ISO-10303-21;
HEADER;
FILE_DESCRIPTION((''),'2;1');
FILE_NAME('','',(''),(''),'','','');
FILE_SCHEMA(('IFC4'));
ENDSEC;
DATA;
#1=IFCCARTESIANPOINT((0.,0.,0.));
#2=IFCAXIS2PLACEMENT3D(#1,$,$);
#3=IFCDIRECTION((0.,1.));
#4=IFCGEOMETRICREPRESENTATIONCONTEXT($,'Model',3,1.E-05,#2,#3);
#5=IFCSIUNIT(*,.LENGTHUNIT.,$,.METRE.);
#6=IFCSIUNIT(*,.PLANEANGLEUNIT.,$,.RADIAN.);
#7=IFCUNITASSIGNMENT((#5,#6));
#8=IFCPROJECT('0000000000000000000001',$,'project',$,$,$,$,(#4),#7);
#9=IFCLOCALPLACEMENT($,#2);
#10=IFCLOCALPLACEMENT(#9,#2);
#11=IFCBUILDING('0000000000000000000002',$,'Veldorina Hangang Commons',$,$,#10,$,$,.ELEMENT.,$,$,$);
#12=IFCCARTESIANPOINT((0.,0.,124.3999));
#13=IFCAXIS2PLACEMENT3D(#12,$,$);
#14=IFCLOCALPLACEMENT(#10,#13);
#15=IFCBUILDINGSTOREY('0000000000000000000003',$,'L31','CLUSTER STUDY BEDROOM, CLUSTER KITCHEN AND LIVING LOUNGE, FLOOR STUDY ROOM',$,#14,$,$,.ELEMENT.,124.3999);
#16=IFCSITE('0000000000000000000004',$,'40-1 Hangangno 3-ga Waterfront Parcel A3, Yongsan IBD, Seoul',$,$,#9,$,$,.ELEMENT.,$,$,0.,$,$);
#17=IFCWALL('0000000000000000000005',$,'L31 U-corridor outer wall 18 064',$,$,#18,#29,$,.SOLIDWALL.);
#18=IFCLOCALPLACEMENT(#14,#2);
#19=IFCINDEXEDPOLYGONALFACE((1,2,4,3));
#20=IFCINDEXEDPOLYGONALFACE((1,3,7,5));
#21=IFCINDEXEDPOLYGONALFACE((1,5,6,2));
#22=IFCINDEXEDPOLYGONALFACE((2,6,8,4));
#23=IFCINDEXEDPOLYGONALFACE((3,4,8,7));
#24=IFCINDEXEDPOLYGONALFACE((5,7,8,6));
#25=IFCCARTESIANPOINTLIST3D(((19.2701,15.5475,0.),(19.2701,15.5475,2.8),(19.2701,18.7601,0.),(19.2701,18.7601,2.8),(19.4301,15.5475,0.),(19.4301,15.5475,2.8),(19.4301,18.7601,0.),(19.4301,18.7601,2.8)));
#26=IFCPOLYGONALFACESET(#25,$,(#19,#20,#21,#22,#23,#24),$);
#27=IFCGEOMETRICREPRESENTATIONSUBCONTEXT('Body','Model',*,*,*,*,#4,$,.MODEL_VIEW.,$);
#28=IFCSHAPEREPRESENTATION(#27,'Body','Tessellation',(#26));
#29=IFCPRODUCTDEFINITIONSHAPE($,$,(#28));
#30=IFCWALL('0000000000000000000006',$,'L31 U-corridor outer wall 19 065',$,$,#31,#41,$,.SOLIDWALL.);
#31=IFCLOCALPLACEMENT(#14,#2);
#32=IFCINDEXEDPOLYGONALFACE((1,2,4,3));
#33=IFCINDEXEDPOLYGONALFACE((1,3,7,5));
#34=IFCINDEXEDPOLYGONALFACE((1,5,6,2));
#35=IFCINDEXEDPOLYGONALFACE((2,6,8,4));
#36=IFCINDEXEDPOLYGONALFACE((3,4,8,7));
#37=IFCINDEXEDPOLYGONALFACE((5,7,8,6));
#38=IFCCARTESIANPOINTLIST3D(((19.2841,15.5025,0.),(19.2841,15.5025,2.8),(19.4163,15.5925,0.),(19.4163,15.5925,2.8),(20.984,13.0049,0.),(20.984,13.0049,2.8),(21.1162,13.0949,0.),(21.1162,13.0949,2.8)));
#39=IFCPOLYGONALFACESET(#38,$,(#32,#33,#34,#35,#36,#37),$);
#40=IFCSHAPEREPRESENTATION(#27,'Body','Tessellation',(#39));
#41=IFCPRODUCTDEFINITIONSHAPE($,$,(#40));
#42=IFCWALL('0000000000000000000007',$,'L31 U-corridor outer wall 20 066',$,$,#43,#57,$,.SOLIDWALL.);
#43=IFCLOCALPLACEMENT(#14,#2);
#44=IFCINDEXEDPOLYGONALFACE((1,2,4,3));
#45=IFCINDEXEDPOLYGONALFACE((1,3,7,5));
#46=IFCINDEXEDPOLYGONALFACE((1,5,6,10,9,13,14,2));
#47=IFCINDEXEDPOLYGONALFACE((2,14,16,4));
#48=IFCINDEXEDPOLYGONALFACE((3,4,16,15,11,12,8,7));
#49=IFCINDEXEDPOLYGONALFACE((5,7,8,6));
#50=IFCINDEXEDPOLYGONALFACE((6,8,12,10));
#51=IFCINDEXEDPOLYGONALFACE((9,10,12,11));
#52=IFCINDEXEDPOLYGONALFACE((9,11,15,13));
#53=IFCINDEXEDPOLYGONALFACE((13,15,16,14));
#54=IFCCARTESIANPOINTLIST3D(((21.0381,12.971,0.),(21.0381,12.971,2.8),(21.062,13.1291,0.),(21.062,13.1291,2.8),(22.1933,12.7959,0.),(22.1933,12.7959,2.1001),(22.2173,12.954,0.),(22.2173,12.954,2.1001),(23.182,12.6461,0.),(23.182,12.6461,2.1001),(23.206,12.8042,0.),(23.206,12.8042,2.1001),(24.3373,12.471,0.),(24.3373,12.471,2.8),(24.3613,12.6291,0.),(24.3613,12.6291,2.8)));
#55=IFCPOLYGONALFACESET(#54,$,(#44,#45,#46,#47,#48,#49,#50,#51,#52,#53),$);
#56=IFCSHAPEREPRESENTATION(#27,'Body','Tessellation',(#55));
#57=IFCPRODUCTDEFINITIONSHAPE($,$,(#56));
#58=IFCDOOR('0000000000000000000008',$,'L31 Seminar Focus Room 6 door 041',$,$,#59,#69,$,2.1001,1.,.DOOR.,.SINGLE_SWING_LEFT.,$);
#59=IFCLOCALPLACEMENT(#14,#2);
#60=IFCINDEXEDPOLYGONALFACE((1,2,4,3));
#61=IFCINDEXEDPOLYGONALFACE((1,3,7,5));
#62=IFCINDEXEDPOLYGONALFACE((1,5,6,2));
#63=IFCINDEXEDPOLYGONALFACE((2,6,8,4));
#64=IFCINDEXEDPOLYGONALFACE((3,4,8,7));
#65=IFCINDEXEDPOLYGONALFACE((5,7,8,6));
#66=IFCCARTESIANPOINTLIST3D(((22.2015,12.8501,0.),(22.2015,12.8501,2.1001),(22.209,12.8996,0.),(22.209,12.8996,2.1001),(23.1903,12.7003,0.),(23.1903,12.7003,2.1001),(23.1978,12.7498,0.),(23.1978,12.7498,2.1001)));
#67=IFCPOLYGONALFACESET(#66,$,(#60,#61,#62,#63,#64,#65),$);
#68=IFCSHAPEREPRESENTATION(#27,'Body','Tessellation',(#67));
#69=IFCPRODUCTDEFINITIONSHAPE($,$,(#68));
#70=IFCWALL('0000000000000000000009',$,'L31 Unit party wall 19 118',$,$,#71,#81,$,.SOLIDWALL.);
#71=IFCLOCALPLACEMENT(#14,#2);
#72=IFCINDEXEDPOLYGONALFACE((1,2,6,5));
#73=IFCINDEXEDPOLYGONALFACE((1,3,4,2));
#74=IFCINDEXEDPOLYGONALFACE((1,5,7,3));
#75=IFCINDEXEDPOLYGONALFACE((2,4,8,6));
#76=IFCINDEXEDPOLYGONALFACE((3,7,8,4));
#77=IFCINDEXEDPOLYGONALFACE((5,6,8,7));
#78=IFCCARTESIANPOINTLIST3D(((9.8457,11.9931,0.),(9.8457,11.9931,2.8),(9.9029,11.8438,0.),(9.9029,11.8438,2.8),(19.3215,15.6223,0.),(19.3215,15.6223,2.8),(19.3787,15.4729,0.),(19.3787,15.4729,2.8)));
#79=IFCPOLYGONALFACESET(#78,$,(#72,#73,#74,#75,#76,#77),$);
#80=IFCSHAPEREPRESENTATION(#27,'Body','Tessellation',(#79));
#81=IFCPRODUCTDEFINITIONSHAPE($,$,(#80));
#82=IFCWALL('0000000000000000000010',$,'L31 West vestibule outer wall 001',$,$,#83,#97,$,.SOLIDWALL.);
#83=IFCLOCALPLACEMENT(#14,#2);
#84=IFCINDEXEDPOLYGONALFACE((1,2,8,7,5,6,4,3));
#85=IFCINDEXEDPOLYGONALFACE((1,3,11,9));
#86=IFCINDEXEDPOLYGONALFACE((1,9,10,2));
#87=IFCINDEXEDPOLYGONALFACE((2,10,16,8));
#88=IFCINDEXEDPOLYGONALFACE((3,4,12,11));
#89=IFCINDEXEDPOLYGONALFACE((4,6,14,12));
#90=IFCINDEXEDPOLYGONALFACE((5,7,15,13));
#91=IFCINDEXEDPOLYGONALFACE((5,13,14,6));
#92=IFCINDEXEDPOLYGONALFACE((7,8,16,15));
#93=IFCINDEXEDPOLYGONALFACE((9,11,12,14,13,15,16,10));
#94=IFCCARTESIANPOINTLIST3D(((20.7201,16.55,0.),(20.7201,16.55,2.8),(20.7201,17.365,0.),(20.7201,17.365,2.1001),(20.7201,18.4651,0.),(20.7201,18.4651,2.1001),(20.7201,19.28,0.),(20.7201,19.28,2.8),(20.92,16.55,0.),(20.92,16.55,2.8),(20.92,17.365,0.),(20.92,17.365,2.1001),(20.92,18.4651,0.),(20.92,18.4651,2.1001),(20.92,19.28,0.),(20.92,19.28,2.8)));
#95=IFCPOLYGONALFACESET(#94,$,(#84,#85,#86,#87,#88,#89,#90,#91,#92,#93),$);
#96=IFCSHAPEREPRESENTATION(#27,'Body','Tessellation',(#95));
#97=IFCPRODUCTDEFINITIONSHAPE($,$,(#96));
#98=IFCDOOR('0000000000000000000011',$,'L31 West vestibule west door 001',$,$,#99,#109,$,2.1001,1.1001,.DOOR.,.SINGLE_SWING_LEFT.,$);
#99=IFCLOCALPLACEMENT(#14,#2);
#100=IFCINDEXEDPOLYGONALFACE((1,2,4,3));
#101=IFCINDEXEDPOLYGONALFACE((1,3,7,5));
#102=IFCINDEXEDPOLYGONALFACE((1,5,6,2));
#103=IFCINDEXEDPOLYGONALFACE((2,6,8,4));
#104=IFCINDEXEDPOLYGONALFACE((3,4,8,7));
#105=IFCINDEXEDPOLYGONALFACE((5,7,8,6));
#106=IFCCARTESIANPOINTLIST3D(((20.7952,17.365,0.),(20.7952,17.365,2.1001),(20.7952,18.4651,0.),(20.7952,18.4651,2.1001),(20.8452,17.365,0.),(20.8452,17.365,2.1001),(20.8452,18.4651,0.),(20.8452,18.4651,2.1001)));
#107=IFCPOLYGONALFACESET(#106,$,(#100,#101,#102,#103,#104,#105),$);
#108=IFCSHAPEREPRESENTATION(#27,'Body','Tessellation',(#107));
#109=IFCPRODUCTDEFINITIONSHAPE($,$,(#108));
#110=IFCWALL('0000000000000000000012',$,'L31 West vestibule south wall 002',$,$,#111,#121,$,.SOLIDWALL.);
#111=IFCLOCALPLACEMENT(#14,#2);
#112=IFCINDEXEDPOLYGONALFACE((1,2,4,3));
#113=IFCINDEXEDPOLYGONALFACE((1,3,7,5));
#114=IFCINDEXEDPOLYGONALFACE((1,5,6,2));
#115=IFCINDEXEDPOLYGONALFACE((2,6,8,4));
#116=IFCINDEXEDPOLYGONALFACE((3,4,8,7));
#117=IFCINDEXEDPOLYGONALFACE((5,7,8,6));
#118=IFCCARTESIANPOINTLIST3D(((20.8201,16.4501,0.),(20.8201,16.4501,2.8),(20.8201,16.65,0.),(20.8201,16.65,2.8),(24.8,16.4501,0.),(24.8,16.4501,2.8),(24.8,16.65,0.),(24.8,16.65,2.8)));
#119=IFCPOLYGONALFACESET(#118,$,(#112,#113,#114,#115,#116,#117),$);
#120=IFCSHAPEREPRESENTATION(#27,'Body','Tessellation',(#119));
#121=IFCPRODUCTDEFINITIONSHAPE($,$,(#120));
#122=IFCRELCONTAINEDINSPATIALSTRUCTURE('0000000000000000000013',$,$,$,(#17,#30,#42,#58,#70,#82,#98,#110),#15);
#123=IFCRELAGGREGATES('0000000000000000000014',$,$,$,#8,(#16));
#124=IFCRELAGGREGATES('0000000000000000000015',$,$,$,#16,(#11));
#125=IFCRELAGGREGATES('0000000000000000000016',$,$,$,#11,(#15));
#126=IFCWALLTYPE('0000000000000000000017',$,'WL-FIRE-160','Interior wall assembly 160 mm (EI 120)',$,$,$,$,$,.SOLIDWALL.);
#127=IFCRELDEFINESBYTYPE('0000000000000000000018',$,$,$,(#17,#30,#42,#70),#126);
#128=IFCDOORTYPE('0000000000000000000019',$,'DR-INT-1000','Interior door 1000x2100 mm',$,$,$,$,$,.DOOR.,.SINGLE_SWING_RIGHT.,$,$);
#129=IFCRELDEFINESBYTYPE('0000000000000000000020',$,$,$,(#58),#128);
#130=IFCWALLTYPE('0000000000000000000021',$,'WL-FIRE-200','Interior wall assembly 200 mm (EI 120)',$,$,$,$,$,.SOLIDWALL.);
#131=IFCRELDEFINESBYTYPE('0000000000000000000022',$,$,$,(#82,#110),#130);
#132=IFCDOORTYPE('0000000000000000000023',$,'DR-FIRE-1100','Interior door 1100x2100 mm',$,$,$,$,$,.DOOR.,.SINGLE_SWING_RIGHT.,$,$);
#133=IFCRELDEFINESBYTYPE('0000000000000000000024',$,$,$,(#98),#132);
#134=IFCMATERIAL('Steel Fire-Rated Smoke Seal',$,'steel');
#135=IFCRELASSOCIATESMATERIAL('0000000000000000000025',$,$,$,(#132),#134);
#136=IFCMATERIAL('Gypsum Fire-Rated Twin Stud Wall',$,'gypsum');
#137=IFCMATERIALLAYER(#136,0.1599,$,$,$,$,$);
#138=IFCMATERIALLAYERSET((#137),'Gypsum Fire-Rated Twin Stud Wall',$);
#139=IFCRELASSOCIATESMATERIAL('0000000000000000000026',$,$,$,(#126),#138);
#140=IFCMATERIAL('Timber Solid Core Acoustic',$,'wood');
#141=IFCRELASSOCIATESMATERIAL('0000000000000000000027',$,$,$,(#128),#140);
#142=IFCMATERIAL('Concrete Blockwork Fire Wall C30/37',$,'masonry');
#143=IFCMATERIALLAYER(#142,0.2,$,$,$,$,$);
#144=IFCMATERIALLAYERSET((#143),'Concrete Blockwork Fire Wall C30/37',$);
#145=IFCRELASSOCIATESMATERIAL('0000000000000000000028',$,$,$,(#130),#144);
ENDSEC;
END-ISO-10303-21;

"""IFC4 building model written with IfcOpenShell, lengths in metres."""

from ifc_helpers import new_model, si_unit, direction, frame, frame_2d, origin, place, context, subcontext, project, spatial, rectangle, extrude, material, layer, layer_set, type_object, element, fill, save


model = new_model("IFC4")

# Units and contexts
model_context = context("Model", 3, precision=1e-05, world=origin(), true_north=direction((0.0, 1.0)))
body_context = subcontext(model_context, "Body", "Model", "MODEL_VIEW")
ifc_project = project(units=[si_unit("LENGTHUNIT", "METRE"), si_unit("PLANEANGLEUNIT", "RADIAN")], contexts=[model_context])

# Site, building, storey
site_placement = place(None, origin())
site = spatial("IfcSite", under=ifc_project, at=site_placement, Name="40-1 Hangangno 3-ga Waterfront Parcel A3, Yongsan IBD, Seoul", CompositionType="ELEMENT", RefElevation=0.0)
building_placement = place(site_placement, origin())
building = spatial("IfcBuilding", under=site, at=building_placement, Name="Veldorina Hangang Commons", CompositionType="ELEMENT")
storey_placement = place(building_placement, frame((0.0, 0.0, 124.3999)))
storey = spatial("IfcBuildingStorey", under=building, at=storey_placement, Name="L31", Description="CLUSTER STUDY BEDROOM, CLUSTER KITCHEN AND LIVING LOUNGE, FLOOR STUDY ROOM", CompositionType="ELEMENT", Elevation=124.3999)

# Shared definitions
ifc_material_1 = material(Name="Steel Fire-Rated Smoke Seal", Category="steel")
door_type_1 = type_object("IfcDoorType", Name="DR-FIRE-1100", Description="Interior door 1100x2100 mm", OperationType="SINGLE_SWING_RIGHT", PredefinedType="DOOR", material=ifc_material_1)
ifc_material_2 = material(Name="Gypsum Fire-Rated Twin Stud Wall", Category="gypsum")
ifc_layer_1 = layer(ifc_material_2, 0.1599)
ifc_layer_set_1 = layer_set([ifc_layer_1], Name="Gypsum Fire-Rated Twin Stud Wall")
wall_type_1 = type_object("IfcWallType", Name="WL-FIRE-160", Description="Interior wall assembly 160 mm (EI 120)", PredefinedType="SOLIDWALL", material=ifc_layer_set_1)
ifc_material_3 = material(Name="Timber Solid Core Acoustic", Category="wood")
door_type_2 = type_object("IfcDoorType", Name="DR-INT-1000", Description="Interior door 1000x2100 mm", OperationType="SINGLE_SWING_RIGHT", PredefinedType="DOOR", material=ifc_material_3)

# Walls
wall_1_placement = place(storey_placement, frame((19.3501, 18.7603, 0.0), z_axis=(0.0, 0.0, 1.0), x_axis=(0.0, -1.0, 0.0)))
element("IfcWall", 1, at=wall_1_placement, inside=storey, type_object=wall_type_1, Name="L31 U-corridor outer wall 18 064", PredefinedType="SOLIDWALL", context=body_context, shape_type="SweptSolid", body=[
    extrude(rectangle(XDim=3.2126, YDim=0.1599, at=frame_2d((1.6064, 0.0))), origin(), (0.0, 0.0, 1.0), 2.8),
])
wall_2_placement = place(storey_placement, frame((19.3501, 15.5476, 0.0), z_axis=(0.0, 0.0, 1.0), x_axis=(0.562675, -0.826678, 0.0)))
element("IfcWall", 2, at=wall_2_placement, inside=storey, type_object=wall_type_1, Name="L31 U-corridor outer wall 19 065", PredefinedType="SOLIDWALL", context=body_context, shape_type="SweptSolid", body=[
    extrude(rectangle(XDim=3.0212, YDim=0.1599, at=frame_2d((1.5107, 0.0))), origin(), (0.0, 0.0, 1.0), 2.8),
])

# Wall, opening, door
wall_3_placement = place(storey_placement, frame((21.05, 13.05, 0.0), z_axis=(0.0, 0.0, 1.0), x_axis=(0.988711, -0.149836, 0.0)))
wall_3 = element("IfcWall", 3, at=wall_3_placement, inside=storey, type_object=wall_type_1, Name="L31 U-corridor outer wall 20 066", PredefinedType="SOLIDWALL", context=body_context, shape_type="SweptSolid", body=[
    extrude(rectangle(XDim=3.3369, YDim=0.1599, at=frame_2d((1.6685, 0.0))), origin(), (0.0, 0.0, 1.0), 2.8),
])
opening_1_placement = place(wall_3_placement, frame((1.1685, 0.0, 0.0)))
opening_1 = element("IfcOpeningElement", 4, at=opening_1_placement, cuts=wall_3, PredefinedType="OPENING", context=body_context, shape_type="SweptSolid", body=[
    extrude(rectangle(XDim=1.0, YDim=2.1001, at=frame_2d((0.5, 1.05))), frame((0.0, 0.0898, 0.0), z_axis=(0.0, -1.0, 0.0), x_axis=(1.0, 0.0, 0.0)), (0.0, 0.0, 1.0), 0.1799),
])
door_1_placement = place(opening_1_placement, origin())
door_1 = element("IfcDoor", 5, at=door_1_placement, inside=storey, type_object=door_type_2, Name="L31 Seminar Focus Room 6 door 041", OperationType="SINGLE_SWING_LEFT", OverallHeight=2.1001, OverallWidth=1.0, PredefinedType="DOOR", context=body_context, shape_type="SweptSolid", body=[
    extrude(rectangle(XDim=1.0, YDim=2.1001, at=frame_2d((0.5, 1.05))), frame((0.0, 0.0249, 0.0), z_axis=(0.0, -1.0, 0.0), x_axis=(1.0, 0.0, 0.0)), (0.0, 0.0, 1.0), 0.05),
])
fill(opening_1, door_1)

# Wall
wall_4_placement = place(storey_placement, frame((19.3501, 15.5476, 0.0), z_axis=(0.0, 0.0, 1.0), x_axis=(-0.933853, -0.357657, 0.0)))
element("IfcWall", 6, at=wall_4_placement, inside=storey, type_object=wall_type_1, Name="L31 Unit party wall 19 118", PredefinedType="SOLIDWALL", context=body_context, shape_type="SweptSolid", body=[
    extrude(rectangle(XDim=10.147, YDim=0.1599, at=frame_2d((5.0735, 0.0))), origin(), (0.0, 0.0, 1.0), 2.8),
])

# Wall, opening, door
ifc_material_4 = material(Name="Concrete Blockwork Fire Wall C30/37", Category="masonry")
ifc_layer_2 = layer(ifc_material_4, 0.2)
ifc_layer_set_2 = layer_set([ifc_layer_2], Name="Concrete Blockwork Fire Wall C30/37")
wall_type_2 = type_object("IfcWallType", Name="WL-FIRE-200", Description="Interior wall assembly 200 mm (EI 120)", PredefinedType="SOLIDWALL", material=ifc_layer_set_2)
wall_5_placement = place(storey_placement, frame((20.8201, 16.55, 0.0), z_axis=(0.0, 0.0, 1.0), x_axis=(0.0, 1.0, 0.0)))
wall_5 = element("IfcWall", 7, at=wall_5_placement, inside=storey, type_object=wall_type_2, Name="L31 West vestibule outer wall 001", PredefinedType="SOLIDWALL", context=body_context, shape_type="SweptSolid", body=[
    extrude(rectangle(XDim=2.73, YDim=0.2, at=frame_2d((1.365, 0.0))), origin(), (0.0, 0.0, 1.0), 2.8),
])
opening_2_placement = place(wall_5_placement, frame((0.8149, 0.0, 0.0)))
opening_2 = element("IfcOpeningElement", 8, at=opening_2_placement, cuts=wall_5, PredefinedType="OPENING", context=body_context, shape_type="SweptSolid", body=[
    extrude(rectangle(XDim=1.1001, YDim=2.1001, at=frame_2d((0.55, 1.05))), frame((0.0, 0.1099, 0.0), z_axis=(0.0, -1.0, 0.0), x_axis=(1.0, 0.0, 0.0)), (0.0, 0.0, 1.0), 0.22),
])
door_2_placement = place(opening_2_placement, origin())
door_2 = element("IfcDoor", 9, at=door_2_placement, inside=storey, type_object=door_type_1, Name="L31 West vestibule west door 001", OperationType="SINGLE_SWING_LEFT", OverallHeight=2.1001, OverallWidth=1.1001, PredefinedType="DOOR", context=body_context, shape_type="SweptSolid", body=[
    extrude(rectangle(XDim=1.1001, YDim=2.1001, at=frame_2d((0.55, 1.05))), frame((0.0, 0.0249, 0.0), z_axis=(0.0, -1.0, 0.0), x_axis=(1.0, 0.0, 0.0)), (0.0, 0.0, 1.0), 0.05),
])
fill(opening_2, door_2)

# Wall
wall_6_placement = place(storey_placement, frame((20.8201, 16.55, 0.0), z_axis=(0.0, 0.0, 1.0), x_axis=(1.0, 0.0, 0.0)))
element("IfcWall", 10, at=wall_6_placement, inside=storey, type_object=wall_type_2, Name="L31 West vestibule south wall 002", PredefinedType="SOLIDWALL", context=body_context, shape_type="SweptSolid", body=[
    extrude(rectangle(XDim=3.98, YDim=0.2, at=frame_2d((1.99, 0.0))), origin(), (0.0, 0.0, 1.0), 2.8),
])

save(model, "model.ifc")
